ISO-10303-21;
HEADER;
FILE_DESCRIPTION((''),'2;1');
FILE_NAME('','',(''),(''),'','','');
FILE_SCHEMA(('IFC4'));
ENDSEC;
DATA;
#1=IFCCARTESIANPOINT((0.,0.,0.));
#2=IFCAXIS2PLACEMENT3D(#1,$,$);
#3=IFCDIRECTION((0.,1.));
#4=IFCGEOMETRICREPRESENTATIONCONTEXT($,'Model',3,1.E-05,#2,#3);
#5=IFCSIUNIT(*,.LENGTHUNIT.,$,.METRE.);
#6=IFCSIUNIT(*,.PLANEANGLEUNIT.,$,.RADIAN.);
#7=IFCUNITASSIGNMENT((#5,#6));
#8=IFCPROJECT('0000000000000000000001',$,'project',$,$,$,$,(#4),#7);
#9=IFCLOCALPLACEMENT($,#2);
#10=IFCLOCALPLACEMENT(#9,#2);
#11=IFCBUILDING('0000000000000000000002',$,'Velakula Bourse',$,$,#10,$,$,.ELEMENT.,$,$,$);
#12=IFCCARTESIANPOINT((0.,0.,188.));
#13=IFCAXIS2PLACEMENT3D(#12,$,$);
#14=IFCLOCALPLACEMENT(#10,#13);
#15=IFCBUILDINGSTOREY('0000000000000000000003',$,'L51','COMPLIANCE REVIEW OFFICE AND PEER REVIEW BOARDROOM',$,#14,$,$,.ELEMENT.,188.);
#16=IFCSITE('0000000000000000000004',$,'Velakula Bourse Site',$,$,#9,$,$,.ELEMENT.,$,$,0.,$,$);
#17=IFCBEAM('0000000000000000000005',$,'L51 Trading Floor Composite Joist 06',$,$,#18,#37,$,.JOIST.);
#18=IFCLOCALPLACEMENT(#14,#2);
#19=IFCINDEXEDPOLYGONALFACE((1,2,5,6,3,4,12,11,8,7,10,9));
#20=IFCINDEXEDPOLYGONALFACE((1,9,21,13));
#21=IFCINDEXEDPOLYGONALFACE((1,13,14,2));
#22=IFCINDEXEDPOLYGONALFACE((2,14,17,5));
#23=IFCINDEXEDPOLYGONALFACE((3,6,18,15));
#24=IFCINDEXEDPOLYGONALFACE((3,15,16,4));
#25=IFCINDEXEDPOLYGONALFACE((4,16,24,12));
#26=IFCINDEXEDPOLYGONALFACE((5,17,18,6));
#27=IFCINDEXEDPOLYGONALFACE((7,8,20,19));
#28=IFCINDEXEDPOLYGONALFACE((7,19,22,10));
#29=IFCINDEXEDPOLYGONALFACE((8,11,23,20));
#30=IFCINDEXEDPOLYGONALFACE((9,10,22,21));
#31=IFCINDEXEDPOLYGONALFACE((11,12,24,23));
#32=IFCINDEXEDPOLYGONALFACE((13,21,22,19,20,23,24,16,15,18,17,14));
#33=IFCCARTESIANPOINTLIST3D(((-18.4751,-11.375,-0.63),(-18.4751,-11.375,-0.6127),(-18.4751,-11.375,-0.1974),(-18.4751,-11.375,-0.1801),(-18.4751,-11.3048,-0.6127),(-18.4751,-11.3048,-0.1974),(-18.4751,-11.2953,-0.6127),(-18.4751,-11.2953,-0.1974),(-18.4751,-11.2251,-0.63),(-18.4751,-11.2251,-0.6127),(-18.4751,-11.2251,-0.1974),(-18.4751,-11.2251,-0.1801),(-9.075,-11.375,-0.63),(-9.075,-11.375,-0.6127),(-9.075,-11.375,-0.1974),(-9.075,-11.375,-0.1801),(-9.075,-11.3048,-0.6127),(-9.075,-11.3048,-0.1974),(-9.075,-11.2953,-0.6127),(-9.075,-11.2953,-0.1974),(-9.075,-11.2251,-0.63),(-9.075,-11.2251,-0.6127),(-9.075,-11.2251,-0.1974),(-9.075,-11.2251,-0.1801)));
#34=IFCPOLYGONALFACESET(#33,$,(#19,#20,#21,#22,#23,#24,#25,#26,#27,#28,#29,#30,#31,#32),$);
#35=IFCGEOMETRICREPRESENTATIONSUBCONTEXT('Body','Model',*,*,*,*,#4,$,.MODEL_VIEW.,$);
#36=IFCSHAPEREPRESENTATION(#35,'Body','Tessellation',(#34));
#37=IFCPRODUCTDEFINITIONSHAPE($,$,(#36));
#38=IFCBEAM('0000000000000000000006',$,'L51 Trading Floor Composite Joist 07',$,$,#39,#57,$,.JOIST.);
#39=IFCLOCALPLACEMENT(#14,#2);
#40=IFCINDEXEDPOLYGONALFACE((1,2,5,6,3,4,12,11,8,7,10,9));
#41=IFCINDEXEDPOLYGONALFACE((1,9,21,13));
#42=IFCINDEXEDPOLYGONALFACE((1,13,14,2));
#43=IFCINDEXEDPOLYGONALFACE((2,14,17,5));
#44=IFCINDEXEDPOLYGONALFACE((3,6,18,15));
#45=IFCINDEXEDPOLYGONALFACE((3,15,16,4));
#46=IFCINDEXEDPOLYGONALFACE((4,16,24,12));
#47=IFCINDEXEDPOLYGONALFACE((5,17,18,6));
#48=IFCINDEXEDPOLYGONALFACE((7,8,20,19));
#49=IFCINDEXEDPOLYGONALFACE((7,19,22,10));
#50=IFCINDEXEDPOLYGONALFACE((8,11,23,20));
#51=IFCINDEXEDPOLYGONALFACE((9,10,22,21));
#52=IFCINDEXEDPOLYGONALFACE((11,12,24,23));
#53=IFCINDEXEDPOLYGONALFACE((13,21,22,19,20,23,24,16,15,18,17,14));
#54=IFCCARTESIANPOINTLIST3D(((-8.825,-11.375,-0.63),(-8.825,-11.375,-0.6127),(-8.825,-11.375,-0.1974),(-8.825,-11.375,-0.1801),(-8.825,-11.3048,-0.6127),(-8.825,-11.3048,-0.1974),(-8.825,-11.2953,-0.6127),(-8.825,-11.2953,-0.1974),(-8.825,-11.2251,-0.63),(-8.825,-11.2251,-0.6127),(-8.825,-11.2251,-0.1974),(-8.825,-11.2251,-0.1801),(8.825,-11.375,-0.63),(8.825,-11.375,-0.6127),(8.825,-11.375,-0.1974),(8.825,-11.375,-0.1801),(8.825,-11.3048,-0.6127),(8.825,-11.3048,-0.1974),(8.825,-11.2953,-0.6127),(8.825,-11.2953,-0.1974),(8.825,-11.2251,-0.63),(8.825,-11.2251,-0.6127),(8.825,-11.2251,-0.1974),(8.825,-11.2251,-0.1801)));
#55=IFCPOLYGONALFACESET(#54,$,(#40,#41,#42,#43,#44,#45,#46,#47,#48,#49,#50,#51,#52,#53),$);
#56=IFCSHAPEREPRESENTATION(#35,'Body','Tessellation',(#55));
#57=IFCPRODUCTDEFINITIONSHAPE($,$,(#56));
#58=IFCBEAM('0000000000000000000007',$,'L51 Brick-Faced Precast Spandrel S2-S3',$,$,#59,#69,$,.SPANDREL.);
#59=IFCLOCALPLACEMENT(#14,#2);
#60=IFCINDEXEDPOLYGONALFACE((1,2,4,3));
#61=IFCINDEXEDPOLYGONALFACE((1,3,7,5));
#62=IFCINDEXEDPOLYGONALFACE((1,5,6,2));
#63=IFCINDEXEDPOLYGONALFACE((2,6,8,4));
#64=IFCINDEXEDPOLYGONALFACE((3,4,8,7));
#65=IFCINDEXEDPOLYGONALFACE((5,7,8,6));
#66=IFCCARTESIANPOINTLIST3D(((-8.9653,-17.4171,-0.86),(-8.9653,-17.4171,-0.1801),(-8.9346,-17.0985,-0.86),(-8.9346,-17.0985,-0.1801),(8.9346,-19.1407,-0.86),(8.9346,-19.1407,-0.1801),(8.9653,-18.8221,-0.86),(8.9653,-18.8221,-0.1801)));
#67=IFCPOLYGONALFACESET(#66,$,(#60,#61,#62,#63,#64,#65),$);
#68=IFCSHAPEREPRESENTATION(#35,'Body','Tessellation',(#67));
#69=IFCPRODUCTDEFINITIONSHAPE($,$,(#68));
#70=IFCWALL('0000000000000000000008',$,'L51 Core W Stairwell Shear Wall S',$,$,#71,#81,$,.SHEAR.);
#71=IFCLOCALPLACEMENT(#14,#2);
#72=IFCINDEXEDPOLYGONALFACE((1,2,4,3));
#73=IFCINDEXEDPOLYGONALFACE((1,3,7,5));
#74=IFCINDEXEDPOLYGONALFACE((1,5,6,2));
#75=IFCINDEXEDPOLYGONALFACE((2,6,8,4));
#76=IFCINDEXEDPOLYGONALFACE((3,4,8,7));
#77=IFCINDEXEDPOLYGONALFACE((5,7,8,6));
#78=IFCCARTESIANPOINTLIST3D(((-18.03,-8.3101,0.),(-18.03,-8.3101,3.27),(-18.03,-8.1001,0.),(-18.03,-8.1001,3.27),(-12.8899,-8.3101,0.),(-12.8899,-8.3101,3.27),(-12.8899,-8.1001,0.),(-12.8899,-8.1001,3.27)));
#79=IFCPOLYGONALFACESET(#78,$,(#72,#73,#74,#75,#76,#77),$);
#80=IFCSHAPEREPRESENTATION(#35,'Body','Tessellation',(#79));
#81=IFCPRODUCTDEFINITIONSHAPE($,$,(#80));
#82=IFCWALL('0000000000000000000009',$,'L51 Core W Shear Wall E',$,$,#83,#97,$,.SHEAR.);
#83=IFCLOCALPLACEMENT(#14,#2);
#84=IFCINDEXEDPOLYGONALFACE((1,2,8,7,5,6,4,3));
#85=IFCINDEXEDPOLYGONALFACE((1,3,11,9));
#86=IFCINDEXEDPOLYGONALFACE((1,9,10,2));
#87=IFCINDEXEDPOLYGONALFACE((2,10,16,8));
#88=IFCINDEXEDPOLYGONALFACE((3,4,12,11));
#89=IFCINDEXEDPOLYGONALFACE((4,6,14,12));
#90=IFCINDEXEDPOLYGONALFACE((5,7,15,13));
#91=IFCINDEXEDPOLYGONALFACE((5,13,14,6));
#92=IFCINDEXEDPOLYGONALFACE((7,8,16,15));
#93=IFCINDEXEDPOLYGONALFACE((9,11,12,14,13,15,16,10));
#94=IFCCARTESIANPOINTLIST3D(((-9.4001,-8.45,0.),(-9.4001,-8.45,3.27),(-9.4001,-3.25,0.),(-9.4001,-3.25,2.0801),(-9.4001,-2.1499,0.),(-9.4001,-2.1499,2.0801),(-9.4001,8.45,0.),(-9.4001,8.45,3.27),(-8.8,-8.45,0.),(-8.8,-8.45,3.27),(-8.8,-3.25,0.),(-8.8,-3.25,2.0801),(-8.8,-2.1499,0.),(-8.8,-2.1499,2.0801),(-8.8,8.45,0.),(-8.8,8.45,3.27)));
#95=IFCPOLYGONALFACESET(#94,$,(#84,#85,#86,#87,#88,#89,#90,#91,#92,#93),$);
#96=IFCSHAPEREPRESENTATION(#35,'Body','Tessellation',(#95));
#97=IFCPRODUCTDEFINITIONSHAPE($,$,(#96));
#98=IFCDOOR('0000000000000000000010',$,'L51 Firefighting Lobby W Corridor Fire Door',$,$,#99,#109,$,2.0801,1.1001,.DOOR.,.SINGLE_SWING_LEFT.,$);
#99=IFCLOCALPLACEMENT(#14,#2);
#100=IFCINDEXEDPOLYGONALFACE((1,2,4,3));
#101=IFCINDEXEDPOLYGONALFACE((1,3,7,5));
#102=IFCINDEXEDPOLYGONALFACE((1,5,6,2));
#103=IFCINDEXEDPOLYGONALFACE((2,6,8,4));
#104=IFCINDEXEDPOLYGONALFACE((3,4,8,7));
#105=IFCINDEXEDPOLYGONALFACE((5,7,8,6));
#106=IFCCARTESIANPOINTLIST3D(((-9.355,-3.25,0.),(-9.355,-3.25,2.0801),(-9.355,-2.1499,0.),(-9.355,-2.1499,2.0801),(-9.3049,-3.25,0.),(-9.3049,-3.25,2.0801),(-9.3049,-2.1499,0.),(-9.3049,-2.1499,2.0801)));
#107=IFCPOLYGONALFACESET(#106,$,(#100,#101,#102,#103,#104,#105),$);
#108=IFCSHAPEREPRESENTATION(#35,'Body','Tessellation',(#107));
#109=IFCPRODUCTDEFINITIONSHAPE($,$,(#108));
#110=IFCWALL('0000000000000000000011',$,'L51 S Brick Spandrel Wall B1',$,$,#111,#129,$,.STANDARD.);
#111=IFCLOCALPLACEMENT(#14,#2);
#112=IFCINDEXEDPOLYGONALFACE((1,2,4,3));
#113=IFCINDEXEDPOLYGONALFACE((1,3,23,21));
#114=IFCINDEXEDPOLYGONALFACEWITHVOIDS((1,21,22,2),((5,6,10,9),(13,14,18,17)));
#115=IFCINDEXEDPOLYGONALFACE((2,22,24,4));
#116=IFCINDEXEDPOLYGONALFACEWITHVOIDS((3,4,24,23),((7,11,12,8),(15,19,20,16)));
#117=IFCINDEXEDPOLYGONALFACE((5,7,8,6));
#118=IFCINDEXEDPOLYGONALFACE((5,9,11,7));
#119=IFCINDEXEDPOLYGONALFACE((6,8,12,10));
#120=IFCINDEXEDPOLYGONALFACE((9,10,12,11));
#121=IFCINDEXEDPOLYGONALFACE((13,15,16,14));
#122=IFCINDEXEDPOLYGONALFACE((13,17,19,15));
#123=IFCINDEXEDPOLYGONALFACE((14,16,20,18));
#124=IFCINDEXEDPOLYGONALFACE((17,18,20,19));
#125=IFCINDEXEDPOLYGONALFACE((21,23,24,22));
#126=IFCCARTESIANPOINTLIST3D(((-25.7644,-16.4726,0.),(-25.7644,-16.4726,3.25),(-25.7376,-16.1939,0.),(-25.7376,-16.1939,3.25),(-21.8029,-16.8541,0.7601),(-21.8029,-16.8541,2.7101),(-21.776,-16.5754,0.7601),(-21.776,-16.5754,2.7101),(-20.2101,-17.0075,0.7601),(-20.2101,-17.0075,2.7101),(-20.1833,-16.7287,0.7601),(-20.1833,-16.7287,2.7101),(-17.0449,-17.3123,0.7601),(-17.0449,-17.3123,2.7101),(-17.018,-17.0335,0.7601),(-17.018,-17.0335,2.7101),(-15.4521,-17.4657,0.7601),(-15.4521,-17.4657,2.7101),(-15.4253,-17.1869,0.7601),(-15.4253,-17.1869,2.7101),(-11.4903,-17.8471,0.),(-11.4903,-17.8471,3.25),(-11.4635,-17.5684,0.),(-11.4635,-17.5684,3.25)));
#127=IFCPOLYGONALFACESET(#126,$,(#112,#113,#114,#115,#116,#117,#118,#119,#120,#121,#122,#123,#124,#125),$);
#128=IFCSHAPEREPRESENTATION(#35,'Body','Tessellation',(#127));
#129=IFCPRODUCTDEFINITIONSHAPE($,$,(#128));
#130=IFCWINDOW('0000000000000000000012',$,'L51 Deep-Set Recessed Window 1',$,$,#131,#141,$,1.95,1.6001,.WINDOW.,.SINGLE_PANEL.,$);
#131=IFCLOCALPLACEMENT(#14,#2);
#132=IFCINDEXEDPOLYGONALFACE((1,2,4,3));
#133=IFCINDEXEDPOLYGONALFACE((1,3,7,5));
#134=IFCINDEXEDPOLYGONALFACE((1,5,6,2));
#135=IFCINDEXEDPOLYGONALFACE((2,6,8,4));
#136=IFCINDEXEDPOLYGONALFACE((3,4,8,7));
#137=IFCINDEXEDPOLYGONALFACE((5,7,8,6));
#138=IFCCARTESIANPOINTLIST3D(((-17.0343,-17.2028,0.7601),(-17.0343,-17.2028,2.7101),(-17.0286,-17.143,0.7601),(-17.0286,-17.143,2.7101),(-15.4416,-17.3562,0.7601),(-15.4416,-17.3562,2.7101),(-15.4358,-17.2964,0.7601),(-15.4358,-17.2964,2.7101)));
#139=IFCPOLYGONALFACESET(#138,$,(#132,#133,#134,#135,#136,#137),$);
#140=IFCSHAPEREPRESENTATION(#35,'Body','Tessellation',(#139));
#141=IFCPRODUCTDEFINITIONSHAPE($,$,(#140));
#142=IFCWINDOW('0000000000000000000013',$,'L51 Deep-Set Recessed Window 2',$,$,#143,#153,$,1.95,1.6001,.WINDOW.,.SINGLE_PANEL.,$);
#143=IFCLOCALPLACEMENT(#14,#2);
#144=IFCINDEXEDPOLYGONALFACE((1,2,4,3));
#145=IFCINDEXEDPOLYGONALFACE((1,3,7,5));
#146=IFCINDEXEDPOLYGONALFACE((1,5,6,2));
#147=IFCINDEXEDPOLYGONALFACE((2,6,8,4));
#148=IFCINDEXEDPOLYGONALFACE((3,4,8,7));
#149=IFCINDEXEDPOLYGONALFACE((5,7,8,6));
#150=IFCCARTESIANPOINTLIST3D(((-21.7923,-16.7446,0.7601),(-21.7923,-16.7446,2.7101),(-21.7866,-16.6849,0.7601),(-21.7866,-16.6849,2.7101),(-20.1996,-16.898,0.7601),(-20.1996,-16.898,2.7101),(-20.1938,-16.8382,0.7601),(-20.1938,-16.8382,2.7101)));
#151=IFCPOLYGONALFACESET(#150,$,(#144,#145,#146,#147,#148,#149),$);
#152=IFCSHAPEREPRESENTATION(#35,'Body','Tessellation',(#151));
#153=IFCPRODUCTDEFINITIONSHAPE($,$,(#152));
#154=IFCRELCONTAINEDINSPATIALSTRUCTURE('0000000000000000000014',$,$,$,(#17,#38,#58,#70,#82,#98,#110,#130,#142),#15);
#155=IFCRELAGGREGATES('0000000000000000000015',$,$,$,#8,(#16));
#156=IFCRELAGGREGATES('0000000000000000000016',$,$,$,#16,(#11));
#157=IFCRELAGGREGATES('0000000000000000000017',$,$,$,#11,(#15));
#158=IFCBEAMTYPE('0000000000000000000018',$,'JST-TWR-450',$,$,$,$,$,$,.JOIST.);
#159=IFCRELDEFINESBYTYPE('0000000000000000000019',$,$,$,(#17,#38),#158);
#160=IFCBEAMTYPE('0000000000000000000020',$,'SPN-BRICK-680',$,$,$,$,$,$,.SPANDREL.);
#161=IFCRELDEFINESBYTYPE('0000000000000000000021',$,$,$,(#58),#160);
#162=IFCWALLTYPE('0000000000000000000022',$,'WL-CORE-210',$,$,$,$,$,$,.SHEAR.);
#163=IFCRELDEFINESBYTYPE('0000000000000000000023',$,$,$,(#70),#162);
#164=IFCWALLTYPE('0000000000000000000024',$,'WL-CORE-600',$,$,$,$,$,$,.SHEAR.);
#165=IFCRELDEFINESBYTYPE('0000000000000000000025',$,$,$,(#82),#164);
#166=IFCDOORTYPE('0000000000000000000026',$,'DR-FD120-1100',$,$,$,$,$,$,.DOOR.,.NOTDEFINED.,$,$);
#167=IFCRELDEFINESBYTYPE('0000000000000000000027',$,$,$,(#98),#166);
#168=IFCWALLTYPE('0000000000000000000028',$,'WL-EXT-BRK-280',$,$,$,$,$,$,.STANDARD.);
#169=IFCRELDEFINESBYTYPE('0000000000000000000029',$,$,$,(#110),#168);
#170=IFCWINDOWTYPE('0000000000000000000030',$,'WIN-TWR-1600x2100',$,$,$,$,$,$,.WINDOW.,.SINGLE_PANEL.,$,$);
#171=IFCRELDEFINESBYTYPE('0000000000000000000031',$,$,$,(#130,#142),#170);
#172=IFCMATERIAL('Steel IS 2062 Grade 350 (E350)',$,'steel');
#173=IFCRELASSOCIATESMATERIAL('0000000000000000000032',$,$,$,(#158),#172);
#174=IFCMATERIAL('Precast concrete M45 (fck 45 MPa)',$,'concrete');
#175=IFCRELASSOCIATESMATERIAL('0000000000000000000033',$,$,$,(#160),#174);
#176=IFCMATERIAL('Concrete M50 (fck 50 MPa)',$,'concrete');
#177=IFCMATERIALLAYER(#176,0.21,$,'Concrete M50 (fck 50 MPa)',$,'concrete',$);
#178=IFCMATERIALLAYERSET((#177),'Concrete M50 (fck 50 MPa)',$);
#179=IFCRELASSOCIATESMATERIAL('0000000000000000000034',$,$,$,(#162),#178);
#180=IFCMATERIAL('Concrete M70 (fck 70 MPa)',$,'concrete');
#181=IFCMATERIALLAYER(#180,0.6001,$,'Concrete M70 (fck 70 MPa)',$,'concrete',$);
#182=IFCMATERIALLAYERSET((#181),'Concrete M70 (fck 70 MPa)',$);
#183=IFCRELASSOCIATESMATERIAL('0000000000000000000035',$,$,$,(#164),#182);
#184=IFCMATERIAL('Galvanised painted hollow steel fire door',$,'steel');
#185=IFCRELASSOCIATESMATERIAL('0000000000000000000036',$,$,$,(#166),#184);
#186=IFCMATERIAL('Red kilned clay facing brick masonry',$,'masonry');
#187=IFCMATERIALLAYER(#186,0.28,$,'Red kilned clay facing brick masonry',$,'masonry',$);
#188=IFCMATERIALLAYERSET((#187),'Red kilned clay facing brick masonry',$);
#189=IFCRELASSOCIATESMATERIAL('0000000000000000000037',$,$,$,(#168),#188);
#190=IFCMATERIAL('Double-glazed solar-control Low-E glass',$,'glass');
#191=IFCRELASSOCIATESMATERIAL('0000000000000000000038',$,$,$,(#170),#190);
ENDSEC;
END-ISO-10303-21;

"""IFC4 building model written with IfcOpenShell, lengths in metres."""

from ifc_helpers import new_model, si_unit, direction, frame, frame_2d, origin, origin_2d, place, context, subcontext, project, spatial, rectangle, i_section, extrude, material, layer, layer_set, material_profile, profile_set, type_object, element, fill, save


model = new_model("IFC4")

# Units and contexts
model_context = context("Model", 3, precision=1e-05, world=origin(), true_north=direction((0.0, 1.0)))
body_context = subcontext(model_context, "Body", "Model", "MODEL_VIEW")
ifc_project = project(units=[si_unit("LENGTHUNIT", "METRE"), si_unit("PLANEANGLEUNIT", "RADIAN")], contexts=[model_context])

# Site, building, storey
site_placement = place(None, origin())
site = spatial("IfcSite", under=ifc_project, at=site_placement, Name="Velakula Bourse Site", CompositionType="ELEMENT", RefElevation=0.0)
building_placement = place(site_placement, origin())
building = spatial("IfcBuilding", under=site, at=building_placement, Name="Velakula Bourse", CompositionType="ELEMENT")
storey_placement = place(building_placement, frame((0.0, 0.0, 188.0)))
storey = spatial("IfcBuildingStorey", under=building, at=storey_placement, Name="L51", Description="COMPLIANCE REVIEW OFFICE AND PEER REVIEW BOARDROOM", CompositionType="ELEMENT", Elevation=188.0)

# Shared definitions
ifc_material_1 = material(Name="Concrete M70 (fck 70 MPa)", Category="concrete")
ifc_material_2 = material(Name="Steel IS 2062 Grade 350 (E350)", Category="steel")

# Beams
ifc_material_profile_1 = material_profile(ifc_material_2, i_section(OverallWidth=0.1499, OverallDepth=0.45, WebThickness=0.0095, FlangeThickness=0.0173, at=origin_2d()), Name="Steel IS 2062 Grade 350 (E350)")
ifc_profile_set_1 = profile_set([ifc_material_profile_1], Name="Steel IS 2062 Grade 350 (E350)")
beam_type_1 = type_object("IfcBeamType", Name="JST-TWR-450", PredefinedType="JOIST", material=ifc_profile_set_1)
beam_1_placement = place(storey_placement, frame((-18.4751, -11.3, -0.405), z_axis=(1.0, 0.0, 0.0), x_axis=(0.0, 1.0, 0.0)))
element("IfcBeam", 1, at=beam_1_placement, inside=storey, type_object=beam_type_1, Name="L51 Trading Floor Composite Joist 06", PredefinedType="JOIST", context=body_context, shape_type="SweptSolid", body=[
    extrude(i_section(OverallWidth=0.1499, OverallDepth=0.45, WebThickness=0.0095, FlangeThickness=0.0173, at=origin_2d()), origin(), (0.0, 0.0, 1.0), 9.4001),
])
beam_2_placement = place(storey_placement, frame((-8.825, -11.3, -0.405), z_axis=(1.0, 0.0, 0.0), x_axis=(0.0, 1.0, 0.0)))
element("IfcBeam", 2, at=beam_2_placement, inside=storey, type_object=beam_type_1, Name="L51 Trading Floor Composite Joist 07", PredefinedType="JOIST", context=body_context, shape_type="SweptSolid", body=[
    extrude(i_section(OverallWidth=0.1499, OverallDepth=0.45, WebThickness=0.0095, FlangeThickness=0.0173, at=origin_2d()), origin(), (0.0, 0.0, 1.0), 17.6499),
])
ifc_material_3 = material(Name="Precast concrete M45 (fck 45 MPa)", Category="concrete")
ifc_material_profile_2 = material_profile(ifc_material_3, rectangle(XDim=0.3201, YDim=0.6799, at=origin_2d()), Name="Precast concrete M45 (fck 45 MPa)")
ifc_profile_set_2 = profile_set([ifc_material_profile_2], Name="Precast concrete M45 (fck 45 MPa)")
beam_type_2 = type_object("IfcBeamType", Name="SPN-BRICK-680", PredefinedType="SPANDREL", material=ifc_profile_set_2)
beam_3_placement = place(storey_placement, frame((-8.95, -17.2578, -0.52), z_axis=(0.995396, -0.09585, 0.0), x_axis=(0.09585, 0.995396, 0.0)))
element("IfcBeam", 3, at=beam_3_placement, inside=storey, type_object=beam_type_2, Name="L51 Brick-Faced Precast Spandrel S2-S3", PredefinedType="SPANDREL", context=body_context, shape_type="SweptSolid", body=[
    extrude(rectangle(XDim=0.3201, YDim=0.6799, at=origin_2d()), origin(), (0.0, 0.0, 1.0), 17.9827),
])

# Wall
ifc_material_4 = material(Name="Concrete M50 (fck 50 MPa)", Category="concrete")
ifc_layer_1 = layer(ifc_material_4, 0.21, Name="Concrete M50 (fck 50 MPa)", Category="concrete")
ifc_layer_set_1 = layer_set([ifc_layer_1], Name="Concrete M50 (fck 50 MPa)")
wall_type_1 = type_object("IfcWallType", Name="WL-CORE-210", PredefinedType="SHEAR", material=ifc_layer_set_1)
wall_1_placement = place(storey_placement, frame((-18.03, -8.2051, 0.0), z_axis=(0.0, 0.0, 1.0), x_axis=(1.0, 0.0, 0.0)))
element("IfcWall", 4, at=wall_1_placement, inside=storey, type_object=wall_type_1, Name="L51 Core W Stairwell Shear Wall S", PredefinedType="SHEAR", context=body_context, shape_type="SweptSolid", body=[
    extrude(rectangle(XDim=5.1401, YDim=0.21, at=frame_2d((2.5701, 0.0))), origin(), (0.0, 0.0, 1.0), 3.27),
])

# Wall, opening, door
ifc_layer_2 = layer(ifc_material_1, 0.6001, Name="Concrete M70 (fck 70 MPa)", Category="concrete")
ifc_layer_set_2 = layer_set([ifc_layer_2], Name="Concrete M70 (fck 70 MPa)")
wall_type_2 = type_object("IfcWallType", Name="WL-CORE-600", PredefinedType="SHEAR", material=ifc_layer_set_2)
wall_2_placement = place(storey_placement, frame((-9.1001, -8.45, 0.0), z_axis=(0.0, 0.0, 1.0), x_axis=(0.0, 1.0, 0.0)))
wall_2 = element("IfcWall", 5, at=wall_2_placement, inside=storey, type_object=wall_type_2, Name="L51 Core W Shear Wall E", PredefinedType="SHEAR", context=body_context, shape_type="SweptSolid", body=[
    extrude(rectangle(XDim=16.8999, YDim=0.6001, at=frame_2d((8.45, 0.0))), origin(), (0.0, 0.0, 1.0), 3.27),
])
opening_1_placement = place(wall_2_placement, frame((5.2, 0.0, 0.0)))
opening_1 = element("IfcOpeningElement", 6, at=opening_1_placement, cuts=wall_2, PredefinedType="OPENING", context=body_context, shape_type="SweptSolid", body=[
    extrude(rectangle(XDim=1.1001, YDim=2.0801, at=frame_2d((0.55, 1.04))), frame((0.0, 0.3101, 0.0), z_axis=(0.0, -1.0, 0.0), x_axis=(1.0, 0.0, 0.0)), (0.0, 0.0, 1.0), 0.6201),
])
ifc_material_5 = material(Name="Galvanised painted hollow steel fire door", Category="steel")
door_type = type_object("IfcDoorType", Name="DR-FD120-1100", OperationType="NOTDEFINED", PredefinedType="DOOR", material=ifc_material_5)
door_placement = place(opening_1_placement, origin())
door = element("IfcDoor", 7, at=door_placement, inside=storey, type_object=door_type, Name="L51 Firefighting Lobby W Corridor Fire Door", OperationType="SINGLE_SWING_LEFT", OverallHeight=2.0801, OverallWidth=1.1001, PredefinedType="DOOR", context=body_context, shape_type="SweptSolid", body=[
    extrude(rectangle(XDim=1.1001, YDim=2.0801, at=frame_2d((0.55, 1.04))), frame((0.0, 0.2549, 0.0), z_axis=(0.0, -1.0, 0.0), x_axis=(1.0, 0.0, 0.0)), (0.0, 0.0, 1.0), 0.05),
])
fill(opening_1, door)

# Wall, openings, windows
ifc_material_6 = material(Name="Red kilned clay facing brick masonry", Category="masonry")
ifc_layer_3 = layer(ifc_material_6, 0.28, Name="Red kilned clay facing brick masonry", Category="masonry")
ifc_layer_set_3 = layer_set([ifc_layer_3], Name="Red kilned clay facing brick masonry")
wall_type_3 = type_object("IfcWallType", Name="WL-EXT-BRK-280", PredefinedType="STANDARD", material=ifc_layer_set_3)
wall_3_placement = place(storey_placement, frame((-11.4771, -17.7078, 0.0), z_axis=(0.0, 0.0, 1.0), x_axis=(-0.995396, 0.09585, 0.0)))
wall_3 = element("IfcWall", 8, at=wall_3_placement, inside=storey, type_object=wall_type_3, Name="L51 S Brick Spandrel Wall B1", PredefinedType="STANDARD", context=body_context, shape_type="SweptSolid", body=[
    extrude(rectangle(XDim=14.3401, YDim=0.28, at=frame_2d((7.1699, 0.0))), origin(), (0.0, 0.0, 1.0), 3.25),
])
opening_2_placement = place(wall_3_placement, frame((3.98, 0.0, 0.76)))
opening_2 = element("IfcOpeningElement", 9, at=opening_2_placement, cuts=wall_3, PredefinedType="OPENING", context=body_context, shape_type="SweptSolid", body=[
    extrude(rectangle(XDim=1.6001, YDim=1.95, at=frame_2d((0.8, 0.9751))), frame((0.0, 0.1499, 0.0), z_axis=(0.0, -1.0, 0.0), x_axis=(1.0, 0.0, 0.0)), (0.0, 0.0, 1.0), 0.3),
])
opening_3_placement = place(wall_3_placement, frame((8.76, 0.0, 0.76)))
opening_3 = element("IfcOpeningElement", 10, at=opening_3_placement, cuts=wall_3, PredefinedType="OPENING", context=body_context, shape_type="SweptSolid", body=[
    extrude(rectangle(XDim=1.6001, YDim=1.95, at=frame_2d((0.8, 0.9751))), frame((0.0, 0.1499, 0.0), z_axis=(0.0, -1.0, 0.0), x_axis=(1.0, 0.0, 0.0)), (0.0, 0.0, 1.0), 0.3),
])
ifc_material_7 = material(Name="Double-glazed solar-control Low-E glass", Category="glass")
window_type = type_object("IfcWindowType", Name="WIN-TWR-1600x2100", PartitioningType="SINGLE_PANEL", PredefinedType="WINDOW", material=ifc_material_7)
window_1_placement = place(opening_2_placement, origin())
window_1 = element("IfcWindow", 11, at=window_1_placement, inside=storey, type_object=window_type, Name="L51 Deep-Set Recessed Window 1", OverallHeight=1.95, OverallWidth=1.6001, PartitioningType="SINGLE_PANEL", PredefinedType="WINDOW", context=body_context, shape_type="SweptSolid", body=[
    extrude(rectangle(XDim=1.6001, YDim=1.95, at=frame_2d((0.8, 0.9751))), frame((0.0, 0.03, 0.0), z_axis=(0.0, -1.0, 0.0), x_axis=(1.0, 0.0, 0.0)), (0.0, 0.0, 1.0), 0.0601),
])
fill(opening_2, window_1)
window_2_placement = place(opening_3_placement, origin())
window_2 = element("IfcWindow", 12, at=window_2_placement, inside=storey, type_object=window_type, Name="L51 Deep-Set Recessed Window 2", OverallHeight=1.95, OverallWidth=1.6001, PartitioningType="SINGLE_PANEL", PredefinedType="WINDOW", context=body_context, shape_type="SweptSolid", body=[
    extrude(rectangle(XDim=1.6001, YDim=1.95, at=frame_2d((0.8, 0.9751))), frame((0.0, 0.03, 0.0), z_axis=(0.0, -1.0, 0.0), x_axis=(1.0, 0.0, 0.0)), (0.0, 0.0, 1.0), 0.0601),
])
fill(opening_3, window_2)

save(model, "model.ifc")
